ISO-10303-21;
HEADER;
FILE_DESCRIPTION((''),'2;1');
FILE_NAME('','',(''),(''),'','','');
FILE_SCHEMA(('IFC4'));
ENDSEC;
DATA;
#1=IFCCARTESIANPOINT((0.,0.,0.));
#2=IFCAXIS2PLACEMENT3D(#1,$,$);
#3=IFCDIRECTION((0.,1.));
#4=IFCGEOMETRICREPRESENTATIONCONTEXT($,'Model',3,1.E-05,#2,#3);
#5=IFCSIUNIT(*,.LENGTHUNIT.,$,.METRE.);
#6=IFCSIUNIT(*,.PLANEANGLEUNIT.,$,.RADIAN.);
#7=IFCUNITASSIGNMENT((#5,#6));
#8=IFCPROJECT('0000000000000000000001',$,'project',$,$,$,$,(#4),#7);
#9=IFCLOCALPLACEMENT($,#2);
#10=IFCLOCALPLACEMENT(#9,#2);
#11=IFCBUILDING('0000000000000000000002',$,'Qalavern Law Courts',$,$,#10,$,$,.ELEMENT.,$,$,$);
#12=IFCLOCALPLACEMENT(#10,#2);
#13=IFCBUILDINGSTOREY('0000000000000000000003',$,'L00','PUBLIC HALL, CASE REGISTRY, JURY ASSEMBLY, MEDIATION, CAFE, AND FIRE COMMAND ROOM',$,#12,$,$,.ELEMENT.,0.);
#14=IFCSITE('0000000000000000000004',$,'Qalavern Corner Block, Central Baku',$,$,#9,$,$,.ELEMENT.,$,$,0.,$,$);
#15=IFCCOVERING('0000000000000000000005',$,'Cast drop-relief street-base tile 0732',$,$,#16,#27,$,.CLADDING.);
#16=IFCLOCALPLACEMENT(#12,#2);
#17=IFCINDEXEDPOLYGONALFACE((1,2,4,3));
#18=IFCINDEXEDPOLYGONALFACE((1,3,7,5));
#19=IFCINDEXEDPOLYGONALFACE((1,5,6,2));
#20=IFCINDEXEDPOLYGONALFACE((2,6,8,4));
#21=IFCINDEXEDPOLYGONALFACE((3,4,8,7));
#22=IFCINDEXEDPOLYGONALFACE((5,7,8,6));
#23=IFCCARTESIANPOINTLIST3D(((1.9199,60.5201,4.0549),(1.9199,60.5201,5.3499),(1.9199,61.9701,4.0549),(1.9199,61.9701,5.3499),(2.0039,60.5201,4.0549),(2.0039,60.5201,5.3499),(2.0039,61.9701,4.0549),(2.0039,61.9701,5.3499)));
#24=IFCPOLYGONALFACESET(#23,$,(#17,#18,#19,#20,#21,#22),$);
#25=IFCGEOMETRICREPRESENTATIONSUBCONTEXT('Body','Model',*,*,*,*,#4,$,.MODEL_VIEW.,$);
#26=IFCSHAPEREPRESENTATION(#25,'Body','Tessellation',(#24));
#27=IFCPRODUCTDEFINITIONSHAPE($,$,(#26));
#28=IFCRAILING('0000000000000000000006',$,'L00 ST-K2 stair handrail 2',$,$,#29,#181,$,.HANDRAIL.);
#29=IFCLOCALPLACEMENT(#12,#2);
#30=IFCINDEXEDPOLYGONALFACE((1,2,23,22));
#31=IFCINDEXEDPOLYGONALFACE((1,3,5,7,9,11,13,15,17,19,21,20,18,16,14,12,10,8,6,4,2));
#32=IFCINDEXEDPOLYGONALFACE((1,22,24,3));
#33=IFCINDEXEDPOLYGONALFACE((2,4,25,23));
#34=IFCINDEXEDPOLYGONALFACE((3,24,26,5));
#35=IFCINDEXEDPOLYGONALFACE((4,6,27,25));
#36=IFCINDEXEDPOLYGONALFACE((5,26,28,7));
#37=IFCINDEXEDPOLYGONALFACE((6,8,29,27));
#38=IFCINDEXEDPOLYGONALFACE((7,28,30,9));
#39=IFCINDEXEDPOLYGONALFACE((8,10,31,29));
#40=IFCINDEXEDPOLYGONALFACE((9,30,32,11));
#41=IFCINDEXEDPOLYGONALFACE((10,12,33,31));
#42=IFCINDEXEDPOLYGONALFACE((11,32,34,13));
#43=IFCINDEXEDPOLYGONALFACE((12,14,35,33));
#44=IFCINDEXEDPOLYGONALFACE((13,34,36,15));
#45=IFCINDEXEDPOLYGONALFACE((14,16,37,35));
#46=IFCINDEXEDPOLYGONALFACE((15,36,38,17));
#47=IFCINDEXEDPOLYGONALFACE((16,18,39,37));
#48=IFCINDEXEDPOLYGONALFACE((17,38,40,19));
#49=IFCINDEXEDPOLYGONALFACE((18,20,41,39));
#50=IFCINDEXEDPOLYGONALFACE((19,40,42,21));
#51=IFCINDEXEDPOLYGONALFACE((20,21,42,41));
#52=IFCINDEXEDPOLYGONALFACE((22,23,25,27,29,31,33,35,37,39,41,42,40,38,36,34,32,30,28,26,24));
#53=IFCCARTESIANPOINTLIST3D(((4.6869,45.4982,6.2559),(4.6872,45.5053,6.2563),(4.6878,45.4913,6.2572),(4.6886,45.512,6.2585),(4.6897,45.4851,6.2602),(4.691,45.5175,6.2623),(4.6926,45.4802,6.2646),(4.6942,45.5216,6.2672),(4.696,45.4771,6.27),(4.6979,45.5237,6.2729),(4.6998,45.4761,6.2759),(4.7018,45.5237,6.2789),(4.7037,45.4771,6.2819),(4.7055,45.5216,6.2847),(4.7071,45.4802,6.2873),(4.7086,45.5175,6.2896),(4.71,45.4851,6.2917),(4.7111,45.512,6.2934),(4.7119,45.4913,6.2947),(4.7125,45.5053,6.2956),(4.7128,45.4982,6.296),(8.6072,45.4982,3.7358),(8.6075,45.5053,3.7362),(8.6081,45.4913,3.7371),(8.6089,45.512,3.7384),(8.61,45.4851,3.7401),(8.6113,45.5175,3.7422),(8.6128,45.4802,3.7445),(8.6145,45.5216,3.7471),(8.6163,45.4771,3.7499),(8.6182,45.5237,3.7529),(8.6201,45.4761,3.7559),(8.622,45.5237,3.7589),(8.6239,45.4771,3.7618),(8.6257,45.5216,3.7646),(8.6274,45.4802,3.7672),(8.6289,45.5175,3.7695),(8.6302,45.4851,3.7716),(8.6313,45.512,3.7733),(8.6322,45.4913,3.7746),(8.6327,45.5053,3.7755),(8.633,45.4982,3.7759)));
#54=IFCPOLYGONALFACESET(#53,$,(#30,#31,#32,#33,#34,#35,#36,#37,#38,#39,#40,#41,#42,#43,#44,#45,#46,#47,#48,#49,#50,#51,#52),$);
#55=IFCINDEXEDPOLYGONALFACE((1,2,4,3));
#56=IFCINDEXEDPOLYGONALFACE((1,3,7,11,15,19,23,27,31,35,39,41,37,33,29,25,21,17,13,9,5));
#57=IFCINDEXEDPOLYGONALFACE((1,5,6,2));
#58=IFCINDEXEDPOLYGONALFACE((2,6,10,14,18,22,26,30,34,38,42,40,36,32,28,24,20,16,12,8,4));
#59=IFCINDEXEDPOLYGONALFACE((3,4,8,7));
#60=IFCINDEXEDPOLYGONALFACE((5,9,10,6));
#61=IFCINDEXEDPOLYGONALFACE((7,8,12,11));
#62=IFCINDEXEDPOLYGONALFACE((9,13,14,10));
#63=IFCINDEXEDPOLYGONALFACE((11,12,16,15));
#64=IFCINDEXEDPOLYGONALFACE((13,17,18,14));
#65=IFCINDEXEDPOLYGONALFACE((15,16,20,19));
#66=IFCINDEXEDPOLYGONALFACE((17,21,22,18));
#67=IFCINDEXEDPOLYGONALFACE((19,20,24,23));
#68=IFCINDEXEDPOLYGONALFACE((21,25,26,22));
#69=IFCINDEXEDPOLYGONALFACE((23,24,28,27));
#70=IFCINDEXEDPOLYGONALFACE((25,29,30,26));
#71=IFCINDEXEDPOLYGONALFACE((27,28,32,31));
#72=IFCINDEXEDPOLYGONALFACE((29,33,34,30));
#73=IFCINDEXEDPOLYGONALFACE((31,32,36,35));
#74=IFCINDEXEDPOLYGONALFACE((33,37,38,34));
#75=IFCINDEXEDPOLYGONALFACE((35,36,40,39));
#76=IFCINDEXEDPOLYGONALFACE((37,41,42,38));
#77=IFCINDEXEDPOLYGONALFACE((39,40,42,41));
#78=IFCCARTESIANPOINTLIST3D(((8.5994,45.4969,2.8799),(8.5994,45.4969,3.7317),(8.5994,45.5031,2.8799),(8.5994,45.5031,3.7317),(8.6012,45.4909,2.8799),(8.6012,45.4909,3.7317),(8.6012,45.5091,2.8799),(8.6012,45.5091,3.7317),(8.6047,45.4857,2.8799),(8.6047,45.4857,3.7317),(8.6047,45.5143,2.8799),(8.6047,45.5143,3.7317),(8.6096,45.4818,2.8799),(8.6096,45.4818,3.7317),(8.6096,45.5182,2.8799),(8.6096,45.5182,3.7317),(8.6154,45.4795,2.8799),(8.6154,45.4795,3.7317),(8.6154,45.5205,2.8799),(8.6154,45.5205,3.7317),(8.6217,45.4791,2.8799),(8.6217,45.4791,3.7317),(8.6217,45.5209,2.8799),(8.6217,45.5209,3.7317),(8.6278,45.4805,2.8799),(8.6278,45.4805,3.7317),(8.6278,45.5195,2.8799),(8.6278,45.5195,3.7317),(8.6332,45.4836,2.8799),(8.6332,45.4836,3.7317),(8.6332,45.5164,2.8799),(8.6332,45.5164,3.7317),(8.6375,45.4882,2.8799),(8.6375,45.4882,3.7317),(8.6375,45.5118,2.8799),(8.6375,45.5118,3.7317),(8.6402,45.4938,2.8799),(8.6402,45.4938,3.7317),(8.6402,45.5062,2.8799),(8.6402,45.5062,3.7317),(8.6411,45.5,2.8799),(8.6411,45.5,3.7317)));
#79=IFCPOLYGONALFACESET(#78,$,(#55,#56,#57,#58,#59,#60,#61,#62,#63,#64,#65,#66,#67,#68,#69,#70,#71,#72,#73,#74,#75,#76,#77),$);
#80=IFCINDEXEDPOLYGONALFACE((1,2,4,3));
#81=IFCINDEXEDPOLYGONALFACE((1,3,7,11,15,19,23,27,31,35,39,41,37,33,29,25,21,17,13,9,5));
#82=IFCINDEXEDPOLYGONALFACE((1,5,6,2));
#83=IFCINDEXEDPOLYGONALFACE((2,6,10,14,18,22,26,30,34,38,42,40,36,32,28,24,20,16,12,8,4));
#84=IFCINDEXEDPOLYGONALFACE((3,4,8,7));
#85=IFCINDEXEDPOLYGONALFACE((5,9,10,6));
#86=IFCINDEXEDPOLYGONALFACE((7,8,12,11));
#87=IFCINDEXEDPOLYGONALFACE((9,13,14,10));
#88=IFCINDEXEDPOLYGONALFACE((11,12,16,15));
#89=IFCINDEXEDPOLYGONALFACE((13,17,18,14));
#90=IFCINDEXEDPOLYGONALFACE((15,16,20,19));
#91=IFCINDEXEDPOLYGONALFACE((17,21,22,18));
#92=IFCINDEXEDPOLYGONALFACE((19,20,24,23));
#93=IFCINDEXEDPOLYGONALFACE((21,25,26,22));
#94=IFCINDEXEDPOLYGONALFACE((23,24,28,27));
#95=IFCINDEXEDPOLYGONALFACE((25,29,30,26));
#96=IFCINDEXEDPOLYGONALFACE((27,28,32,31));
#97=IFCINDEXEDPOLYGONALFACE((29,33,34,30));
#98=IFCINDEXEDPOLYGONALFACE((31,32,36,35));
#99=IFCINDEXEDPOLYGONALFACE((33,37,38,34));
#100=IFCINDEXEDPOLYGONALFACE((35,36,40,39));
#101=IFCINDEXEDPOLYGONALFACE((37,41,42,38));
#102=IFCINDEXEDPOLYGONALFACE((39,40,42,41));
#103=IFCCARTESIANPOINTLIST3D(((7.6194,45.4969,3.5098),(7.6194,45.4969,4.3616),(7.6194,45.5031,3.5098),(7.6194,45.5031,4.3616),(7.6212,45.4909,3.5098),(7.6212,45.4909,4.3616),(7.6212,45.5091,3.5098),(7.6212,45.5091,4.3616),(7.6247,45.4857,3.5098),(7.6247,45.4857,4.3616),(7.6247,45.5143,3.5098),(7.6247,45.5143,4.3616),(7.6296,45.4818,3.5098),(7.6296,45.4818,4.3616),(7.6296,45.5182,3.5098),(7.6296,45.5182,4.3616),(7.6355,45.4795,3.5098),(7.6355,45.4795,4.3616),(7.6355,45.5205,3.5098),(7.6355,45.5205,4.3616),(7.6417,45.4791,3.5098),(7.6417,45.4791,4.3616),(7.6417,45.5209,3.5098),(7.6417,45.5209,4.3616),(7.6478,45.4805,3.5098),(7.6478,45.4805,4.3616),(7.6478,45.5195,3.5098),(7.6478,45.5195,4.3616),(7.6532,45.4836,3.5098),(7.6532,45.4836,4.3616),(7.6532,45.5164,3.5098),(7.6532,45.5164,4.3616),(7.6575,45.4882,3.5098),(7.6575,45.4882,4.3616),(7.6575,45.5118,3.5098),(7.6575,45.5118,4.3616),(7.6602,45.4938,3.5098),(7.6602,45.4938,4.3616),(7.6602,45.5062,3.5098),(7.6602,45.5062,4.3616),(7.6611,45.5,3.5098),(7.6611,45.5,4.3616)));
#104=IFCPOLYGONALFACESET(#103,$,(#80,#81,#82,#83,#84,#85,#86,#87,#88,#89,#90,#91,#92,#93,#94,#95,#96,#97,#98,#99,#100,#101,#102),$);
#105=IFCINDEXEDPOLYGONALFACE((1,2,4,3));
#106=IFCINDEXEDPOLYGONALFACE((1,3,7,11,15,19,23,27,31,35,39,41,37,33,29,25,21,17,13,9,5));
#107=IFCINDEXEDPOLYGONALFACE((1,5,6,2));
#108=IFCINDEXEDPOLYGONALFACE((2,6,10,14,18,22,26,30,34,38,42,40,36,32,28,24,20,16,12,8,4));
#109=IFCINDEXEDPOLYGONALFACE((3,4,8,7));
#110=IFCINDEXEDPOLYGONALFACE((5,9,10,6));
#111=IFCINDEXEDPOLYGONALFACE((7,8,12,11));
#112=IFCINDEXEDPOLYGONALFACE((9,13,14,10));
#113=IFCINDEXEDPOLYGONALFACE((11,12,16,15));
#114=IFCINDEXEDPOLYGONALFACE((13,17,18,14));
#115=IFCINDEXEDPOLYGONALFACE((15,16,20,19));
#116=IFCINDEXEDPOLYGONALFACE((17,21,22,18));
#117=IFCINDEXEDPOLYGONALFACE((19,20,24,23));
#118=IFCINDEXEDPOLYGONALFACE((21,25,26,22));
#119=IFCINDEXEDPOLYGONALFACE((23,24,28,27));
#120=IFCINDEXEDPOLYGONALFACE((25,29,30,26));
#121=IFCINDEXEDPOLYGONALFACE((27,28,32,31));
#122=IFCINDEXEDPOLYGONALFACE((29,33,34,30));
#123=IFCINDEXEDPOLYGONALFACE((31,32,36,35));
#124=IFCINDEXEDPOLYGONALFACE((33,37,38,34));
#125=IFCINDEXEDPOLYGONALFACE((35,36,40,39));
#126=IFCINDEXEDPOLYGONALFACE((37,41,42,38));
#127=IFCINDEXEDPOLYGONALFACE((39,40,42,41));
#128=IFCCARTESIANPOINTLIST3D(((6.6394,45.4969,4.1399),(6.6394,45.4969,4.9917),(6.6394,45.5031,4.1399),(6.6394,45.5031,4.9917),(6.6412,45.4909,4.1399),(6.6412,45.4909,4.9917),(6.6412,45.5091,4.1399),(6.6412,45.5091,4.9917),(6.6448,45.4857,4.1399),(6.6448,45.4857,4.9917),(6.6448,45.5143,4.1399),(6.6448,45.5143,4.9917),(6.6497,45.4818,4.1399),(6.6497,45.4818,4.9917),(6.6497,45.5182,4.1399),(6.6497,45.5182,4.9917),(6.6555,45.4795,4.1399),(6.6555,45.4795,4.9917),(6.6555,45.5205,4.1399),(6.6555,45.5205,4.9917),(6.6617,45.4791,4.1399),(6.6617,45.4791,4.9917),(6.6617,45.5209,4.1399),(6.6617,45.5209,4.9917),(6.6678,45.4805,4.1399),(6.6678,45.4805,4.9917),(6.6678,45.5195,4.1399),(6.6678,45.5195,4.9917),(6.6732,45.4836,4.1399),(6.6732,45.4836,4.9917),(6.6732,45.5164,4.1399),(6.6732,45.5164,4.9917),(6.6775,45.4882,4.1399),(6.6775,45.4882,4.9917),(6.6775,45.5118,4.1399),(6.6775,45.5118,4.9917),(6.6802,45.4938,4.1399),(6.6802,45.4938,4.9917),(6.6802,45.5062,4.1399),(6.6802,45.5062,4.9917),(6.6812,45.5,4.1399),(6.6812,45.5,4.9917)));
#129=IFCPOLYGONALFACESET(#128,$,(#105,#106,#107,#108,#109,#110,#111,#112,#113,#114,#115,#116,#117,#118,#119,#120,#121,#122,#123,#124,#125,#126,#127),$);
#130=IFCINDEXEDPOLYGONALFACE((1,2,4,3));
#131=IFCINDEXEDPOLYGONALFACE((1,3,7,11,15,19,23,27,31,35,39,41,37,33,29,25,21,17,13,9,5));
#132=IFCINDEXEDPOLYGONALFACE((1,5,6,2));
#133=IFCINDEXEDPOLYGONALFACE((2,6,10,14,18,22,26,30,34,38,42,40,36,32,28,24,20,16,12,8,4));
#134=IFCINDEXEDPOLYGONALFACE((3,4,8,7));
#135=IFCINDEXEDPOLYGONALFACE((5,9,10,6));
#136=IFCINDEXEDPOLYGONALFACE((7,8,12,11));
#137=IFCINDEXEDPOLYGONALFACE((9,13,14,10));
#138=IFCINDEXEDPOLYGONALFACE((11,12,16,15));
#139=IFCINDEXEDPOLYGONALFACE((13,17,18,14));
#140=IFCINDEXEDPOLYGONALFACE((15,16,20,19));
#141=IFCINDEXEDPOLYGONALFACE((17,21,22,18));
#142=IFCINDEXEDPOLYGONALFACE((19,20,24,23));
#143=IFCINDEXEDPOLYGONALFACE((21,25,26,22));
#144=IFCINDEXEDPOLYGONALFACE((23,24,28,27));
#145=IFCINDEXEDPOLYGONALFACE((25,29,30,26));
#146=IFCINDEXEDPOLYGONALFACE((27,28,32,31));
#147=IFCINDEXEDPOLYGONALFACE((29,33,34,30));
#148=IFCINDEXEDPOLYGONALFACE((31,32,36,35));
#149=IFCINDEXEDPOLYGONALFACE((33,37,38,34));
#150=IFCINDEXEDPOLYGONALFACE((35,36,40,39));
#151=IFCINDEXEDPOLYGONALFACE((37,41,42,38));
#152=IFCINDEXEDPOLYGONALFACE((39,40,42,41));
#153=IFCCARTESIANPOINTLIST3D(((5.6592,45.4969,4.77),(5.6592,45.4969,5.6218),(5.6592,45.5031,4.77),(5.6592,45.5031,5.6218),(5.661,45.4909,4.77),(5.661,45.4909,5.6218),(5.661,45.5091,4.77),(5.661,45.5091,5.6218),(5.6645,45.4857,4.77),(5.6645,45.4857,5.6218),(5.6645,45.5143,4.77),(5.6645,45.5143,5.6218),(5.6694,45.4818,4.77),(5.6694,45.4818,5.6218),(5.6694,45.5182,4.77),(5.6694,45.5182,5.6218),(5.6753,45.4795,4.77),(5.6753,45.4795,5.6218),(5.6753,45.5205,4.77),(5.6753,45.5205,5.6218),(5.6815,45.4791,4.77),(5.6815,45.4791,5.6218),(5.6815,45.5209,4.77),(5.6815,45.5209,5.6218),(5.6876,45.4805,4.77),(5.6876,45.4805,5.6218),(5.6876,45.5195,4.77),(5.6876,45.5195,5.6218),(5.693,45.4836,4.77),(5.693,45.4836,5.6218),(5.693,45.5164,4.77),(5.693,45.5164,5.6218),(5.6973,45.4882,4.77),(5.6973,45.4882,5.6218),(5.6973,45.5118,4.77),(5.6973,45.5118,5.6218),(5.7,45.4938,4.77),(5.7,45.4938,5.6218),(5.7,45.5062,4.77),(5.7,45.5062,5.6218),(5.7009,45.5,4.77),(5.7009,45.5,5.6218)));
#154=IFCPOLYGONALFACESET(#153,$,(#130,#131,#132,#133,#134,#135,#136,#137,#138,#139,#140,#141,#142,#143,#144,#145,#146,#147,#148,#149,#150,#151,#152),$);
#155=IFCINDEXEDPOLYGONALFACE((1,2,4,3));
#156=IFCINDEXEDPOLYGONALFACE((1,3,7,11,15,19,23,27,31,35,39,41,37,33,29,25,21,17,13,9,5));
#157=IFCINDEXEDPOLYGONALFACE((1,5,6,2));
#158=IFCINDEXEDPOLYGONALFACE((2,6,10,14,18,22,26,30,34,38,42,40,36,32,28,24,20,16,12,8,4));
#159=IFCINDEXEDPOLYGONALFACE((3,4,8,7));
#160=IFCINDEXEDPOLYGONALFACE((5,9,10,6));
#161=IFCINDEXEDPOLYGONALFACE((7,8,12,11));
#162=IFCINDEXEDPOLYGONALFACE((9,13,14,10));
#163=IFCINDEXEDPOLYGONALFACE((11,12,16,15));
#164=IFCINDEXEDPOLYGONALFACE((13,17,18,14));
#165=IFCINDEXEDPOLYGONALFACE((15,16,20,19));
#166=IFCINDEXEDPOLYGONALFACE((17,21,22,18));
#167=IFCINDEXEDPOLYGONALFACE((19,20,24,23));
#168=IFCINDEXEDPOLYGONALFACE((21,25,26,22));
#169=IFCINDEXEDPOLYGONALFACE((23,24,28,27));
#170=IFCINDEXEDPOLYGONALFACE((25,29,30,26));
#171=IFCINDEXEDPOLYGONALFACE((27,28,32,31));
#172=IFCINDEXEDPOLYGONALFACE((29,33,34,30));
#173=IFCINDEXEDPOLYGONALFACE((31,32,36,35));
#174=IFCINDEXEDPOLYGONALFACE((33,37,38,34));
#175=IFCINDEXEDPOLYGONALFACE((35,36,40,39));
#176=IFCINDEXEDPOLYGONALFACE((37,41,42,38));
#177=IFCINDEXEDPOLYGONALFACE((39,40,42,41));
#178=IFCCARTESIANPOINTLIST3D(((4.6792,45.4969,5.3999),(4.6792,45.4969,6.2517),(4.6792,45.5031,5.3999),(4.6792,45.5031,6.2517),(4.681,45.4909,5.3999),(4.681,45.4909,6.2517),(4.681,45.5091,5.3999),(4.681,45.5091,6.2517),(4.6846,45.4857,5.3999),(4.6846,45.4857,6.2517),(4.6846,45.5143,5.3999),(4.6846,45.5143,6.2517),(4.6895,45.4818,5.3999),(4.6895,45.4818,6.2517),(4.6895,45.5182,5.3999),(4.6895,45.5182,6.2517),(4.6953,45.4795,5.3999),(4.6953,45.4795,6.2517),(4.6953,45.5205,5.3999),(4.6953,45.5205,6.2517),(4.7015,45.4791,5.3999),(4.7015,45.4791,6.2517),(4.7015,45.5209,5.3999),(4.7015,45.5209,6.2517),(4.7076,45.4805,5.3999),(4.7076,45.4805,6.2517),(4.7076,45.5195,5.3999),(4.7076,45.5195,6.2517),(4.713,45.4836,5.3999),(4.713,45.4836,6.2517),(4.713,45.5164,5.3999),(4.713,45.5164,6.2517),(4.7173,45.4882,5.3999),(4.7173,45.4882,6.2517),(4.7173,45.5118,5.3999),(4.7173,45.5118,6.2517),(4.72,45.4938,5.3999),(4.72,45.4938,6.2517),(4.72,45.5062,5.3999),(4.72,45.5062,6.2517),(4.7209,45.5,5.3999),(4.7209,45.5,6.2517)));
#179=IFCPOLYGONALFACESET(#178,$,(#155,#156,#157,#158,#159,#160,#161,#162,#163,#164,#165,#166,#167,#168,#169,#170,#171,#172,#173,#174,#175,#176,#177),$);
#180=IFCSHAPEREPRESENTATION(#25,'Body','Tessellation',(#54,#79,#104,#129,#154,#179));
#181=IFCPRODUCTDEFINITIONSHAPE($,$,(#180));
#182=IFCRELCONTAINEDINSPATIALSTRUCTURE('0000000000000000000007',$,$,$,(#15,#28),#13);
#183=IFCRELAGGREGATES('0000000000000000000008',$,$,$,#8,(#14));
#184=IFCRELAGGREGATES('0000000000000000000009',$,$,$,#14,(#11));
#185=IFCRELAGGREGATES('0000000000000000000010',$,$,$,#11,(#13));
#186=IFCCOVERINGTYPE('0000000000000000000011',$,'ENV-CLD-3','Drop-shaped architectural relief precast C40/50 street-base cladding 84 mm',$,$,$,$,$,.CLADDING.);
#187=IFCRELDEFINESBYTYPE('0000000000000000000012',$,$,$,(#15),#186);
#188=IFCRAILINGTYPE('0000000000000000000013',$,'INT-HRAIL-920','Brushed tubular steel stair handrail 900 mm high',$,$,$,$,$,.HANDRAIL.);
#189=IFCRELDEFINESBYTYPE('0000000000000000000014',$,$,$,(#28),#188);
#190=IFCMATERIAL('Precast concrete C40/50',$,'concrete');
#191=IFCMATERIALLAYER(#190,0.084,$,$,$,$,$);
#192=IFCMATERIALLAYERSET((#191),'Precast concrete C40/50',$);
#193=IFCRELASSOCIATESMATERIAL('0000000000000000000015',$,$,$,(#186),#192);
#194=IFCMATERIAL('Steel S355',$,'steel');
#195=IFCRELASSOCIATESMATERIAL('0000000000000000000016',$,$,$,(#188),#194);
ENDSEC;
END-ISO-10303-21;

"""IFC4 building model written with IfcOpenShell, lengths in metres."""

from ifc_helpers import new_model, si_unit, direction, frame, origin, origin_2d, place, context, subcontext, project, spatial, rectangle, circle, extrude, material, layer, layer_set, type_object, element, save


model = new_model("IFC4")

# Units and contexts
model_context = context("Model", 3, precision=1e-05, world=origin(), true_north=direction((0.0, 1.0)))
body_context = subcontext(model_context, "Body", "Model", "MODEL_VIEW")
ifc_project = project(units=[si_unit("LENGTHUNIT", "METRE"), si_unit("PLANEANGLEUNIT", "RADIAN")], contexts=[model_context])

# Site, building, storey
site_placement = place(None, origin())
site = spatial("IfcSite", under=ifc_project, at=site_placement, Name="Qalavern Corner Block, Central Baku", CompositionType="ELEMENT", RefElevation=0.0)
building_placement = place(site_placement, origin())
building = spatial("IfcBuilding", under=site, at=building_placement, Name="Qalavern Law Courts", CompositionType="ELEMENT")
storey_placement = place(building_placement, origin())
storey = spatial("IfcBuildingStorey", under=building, at=storey_placement, Name="L00", Description="PUBLIC HALL, CASE REGISTRY, JURY ASSEMBLY, MEDIATION, CAFE, AND FIRE COMMAND ROOM", CompositionType="ELEMENT", Elevation=0.0)

# Shared definitions
ifc_material_1 = material(Name="Steel S355", Category="steel")

# Covering
ifc_material_2 = material(Name="Precast concrete C40/50", Category="concrete")
ifc_layer_1 = layer(ifc_material_2, 0.084)
ifc_layer_set_1 = layer_set([ifc_layer_1], Name="Precast concrete C40/50")
covering_type_1 = type_object("IfcCoveringType", Name="ENV-CLD-3", Description="Drop-shaped architectural relief precast C40/50 street-base cladding 84 mm", PredefinedType="CLADDING", material=ifc_layer_set_1)
covering_1_placement = place(storey_placement, frame((1.9619, 61.2451, 4.0549), z_axis=(0.0, 0.0, 1.0), x_axis=(0.0, -1.0, 0.0)))
element("IfcCovering", 1, at=covering_1_placement, inside=storey, type_object=covering_type_1, Name="Cast drop-relief street-base tile 0732", PredefinedType="CLADDING", context=body_context, shape_type="SweptSolid", body=[
    extrude(rectangle(XDim=1.45, YDim=0.084, at=origin_2d()), origin(), (0.0, 0.0, 1.0), 1.2949),
])

# Railing
railing_type = type_object("IfcRailingType", Name="INT-HRAIL-920", Description="Brushed tubular steel stair handrail 900 mm high", PredefinedType="HANDRAIL", material=ifc_material_1)
railing_placement = place(storey_placement, frame((8.6201, 45.5, 2.8799)))
element("IfcRailing", 2, at=railing_placement, inside=storey, type_object=railing_type, Name="L00 ST-K2 stair handrail 2", PredefinedType="HANDRAIL", context=body_context, shape_type="SweptSolid", body=[
    extrude(circle(Radius=0.0239, at=origin_2d()), frame((0.0, 0.0, 0.876), z_axis=(-0.841187, 0.0, 0.540744), x_axis=(0.0, -1.0, 0.0)), (0.0, 0.0, 1.0), 4.6604),
    extrude(circle(Radius=0.021, at=origin_2d()), origin(), (0.0, 0.0, 1.0), 0.8518),
    extrude(circle(Radius=0.021, at=origin_2d()), frame((-0.98, 0.0, 0.6299)), (0.0, 0.0, 1.0), 0.8518),
    extrude(circle(Radius=0.021, at=origin_2d()), frame((-1.96, 0.0, 1.26)), (0.0, 0.0, 1.0), 0.8518),
    extrude(circle(Radius=0.021, at=origin_2d()), frame((-2.9402, 0.0, 1.8901)), (0.0, 0.0, 1.0), 0.8518),
    extrude(circle(Radius=0.021, at=origin_2d()), frame((-3.9202, 0.0, 2.52)), (0.0, 0.0, 1.0), 0.8518),
])

save(model, "model.ifc")
